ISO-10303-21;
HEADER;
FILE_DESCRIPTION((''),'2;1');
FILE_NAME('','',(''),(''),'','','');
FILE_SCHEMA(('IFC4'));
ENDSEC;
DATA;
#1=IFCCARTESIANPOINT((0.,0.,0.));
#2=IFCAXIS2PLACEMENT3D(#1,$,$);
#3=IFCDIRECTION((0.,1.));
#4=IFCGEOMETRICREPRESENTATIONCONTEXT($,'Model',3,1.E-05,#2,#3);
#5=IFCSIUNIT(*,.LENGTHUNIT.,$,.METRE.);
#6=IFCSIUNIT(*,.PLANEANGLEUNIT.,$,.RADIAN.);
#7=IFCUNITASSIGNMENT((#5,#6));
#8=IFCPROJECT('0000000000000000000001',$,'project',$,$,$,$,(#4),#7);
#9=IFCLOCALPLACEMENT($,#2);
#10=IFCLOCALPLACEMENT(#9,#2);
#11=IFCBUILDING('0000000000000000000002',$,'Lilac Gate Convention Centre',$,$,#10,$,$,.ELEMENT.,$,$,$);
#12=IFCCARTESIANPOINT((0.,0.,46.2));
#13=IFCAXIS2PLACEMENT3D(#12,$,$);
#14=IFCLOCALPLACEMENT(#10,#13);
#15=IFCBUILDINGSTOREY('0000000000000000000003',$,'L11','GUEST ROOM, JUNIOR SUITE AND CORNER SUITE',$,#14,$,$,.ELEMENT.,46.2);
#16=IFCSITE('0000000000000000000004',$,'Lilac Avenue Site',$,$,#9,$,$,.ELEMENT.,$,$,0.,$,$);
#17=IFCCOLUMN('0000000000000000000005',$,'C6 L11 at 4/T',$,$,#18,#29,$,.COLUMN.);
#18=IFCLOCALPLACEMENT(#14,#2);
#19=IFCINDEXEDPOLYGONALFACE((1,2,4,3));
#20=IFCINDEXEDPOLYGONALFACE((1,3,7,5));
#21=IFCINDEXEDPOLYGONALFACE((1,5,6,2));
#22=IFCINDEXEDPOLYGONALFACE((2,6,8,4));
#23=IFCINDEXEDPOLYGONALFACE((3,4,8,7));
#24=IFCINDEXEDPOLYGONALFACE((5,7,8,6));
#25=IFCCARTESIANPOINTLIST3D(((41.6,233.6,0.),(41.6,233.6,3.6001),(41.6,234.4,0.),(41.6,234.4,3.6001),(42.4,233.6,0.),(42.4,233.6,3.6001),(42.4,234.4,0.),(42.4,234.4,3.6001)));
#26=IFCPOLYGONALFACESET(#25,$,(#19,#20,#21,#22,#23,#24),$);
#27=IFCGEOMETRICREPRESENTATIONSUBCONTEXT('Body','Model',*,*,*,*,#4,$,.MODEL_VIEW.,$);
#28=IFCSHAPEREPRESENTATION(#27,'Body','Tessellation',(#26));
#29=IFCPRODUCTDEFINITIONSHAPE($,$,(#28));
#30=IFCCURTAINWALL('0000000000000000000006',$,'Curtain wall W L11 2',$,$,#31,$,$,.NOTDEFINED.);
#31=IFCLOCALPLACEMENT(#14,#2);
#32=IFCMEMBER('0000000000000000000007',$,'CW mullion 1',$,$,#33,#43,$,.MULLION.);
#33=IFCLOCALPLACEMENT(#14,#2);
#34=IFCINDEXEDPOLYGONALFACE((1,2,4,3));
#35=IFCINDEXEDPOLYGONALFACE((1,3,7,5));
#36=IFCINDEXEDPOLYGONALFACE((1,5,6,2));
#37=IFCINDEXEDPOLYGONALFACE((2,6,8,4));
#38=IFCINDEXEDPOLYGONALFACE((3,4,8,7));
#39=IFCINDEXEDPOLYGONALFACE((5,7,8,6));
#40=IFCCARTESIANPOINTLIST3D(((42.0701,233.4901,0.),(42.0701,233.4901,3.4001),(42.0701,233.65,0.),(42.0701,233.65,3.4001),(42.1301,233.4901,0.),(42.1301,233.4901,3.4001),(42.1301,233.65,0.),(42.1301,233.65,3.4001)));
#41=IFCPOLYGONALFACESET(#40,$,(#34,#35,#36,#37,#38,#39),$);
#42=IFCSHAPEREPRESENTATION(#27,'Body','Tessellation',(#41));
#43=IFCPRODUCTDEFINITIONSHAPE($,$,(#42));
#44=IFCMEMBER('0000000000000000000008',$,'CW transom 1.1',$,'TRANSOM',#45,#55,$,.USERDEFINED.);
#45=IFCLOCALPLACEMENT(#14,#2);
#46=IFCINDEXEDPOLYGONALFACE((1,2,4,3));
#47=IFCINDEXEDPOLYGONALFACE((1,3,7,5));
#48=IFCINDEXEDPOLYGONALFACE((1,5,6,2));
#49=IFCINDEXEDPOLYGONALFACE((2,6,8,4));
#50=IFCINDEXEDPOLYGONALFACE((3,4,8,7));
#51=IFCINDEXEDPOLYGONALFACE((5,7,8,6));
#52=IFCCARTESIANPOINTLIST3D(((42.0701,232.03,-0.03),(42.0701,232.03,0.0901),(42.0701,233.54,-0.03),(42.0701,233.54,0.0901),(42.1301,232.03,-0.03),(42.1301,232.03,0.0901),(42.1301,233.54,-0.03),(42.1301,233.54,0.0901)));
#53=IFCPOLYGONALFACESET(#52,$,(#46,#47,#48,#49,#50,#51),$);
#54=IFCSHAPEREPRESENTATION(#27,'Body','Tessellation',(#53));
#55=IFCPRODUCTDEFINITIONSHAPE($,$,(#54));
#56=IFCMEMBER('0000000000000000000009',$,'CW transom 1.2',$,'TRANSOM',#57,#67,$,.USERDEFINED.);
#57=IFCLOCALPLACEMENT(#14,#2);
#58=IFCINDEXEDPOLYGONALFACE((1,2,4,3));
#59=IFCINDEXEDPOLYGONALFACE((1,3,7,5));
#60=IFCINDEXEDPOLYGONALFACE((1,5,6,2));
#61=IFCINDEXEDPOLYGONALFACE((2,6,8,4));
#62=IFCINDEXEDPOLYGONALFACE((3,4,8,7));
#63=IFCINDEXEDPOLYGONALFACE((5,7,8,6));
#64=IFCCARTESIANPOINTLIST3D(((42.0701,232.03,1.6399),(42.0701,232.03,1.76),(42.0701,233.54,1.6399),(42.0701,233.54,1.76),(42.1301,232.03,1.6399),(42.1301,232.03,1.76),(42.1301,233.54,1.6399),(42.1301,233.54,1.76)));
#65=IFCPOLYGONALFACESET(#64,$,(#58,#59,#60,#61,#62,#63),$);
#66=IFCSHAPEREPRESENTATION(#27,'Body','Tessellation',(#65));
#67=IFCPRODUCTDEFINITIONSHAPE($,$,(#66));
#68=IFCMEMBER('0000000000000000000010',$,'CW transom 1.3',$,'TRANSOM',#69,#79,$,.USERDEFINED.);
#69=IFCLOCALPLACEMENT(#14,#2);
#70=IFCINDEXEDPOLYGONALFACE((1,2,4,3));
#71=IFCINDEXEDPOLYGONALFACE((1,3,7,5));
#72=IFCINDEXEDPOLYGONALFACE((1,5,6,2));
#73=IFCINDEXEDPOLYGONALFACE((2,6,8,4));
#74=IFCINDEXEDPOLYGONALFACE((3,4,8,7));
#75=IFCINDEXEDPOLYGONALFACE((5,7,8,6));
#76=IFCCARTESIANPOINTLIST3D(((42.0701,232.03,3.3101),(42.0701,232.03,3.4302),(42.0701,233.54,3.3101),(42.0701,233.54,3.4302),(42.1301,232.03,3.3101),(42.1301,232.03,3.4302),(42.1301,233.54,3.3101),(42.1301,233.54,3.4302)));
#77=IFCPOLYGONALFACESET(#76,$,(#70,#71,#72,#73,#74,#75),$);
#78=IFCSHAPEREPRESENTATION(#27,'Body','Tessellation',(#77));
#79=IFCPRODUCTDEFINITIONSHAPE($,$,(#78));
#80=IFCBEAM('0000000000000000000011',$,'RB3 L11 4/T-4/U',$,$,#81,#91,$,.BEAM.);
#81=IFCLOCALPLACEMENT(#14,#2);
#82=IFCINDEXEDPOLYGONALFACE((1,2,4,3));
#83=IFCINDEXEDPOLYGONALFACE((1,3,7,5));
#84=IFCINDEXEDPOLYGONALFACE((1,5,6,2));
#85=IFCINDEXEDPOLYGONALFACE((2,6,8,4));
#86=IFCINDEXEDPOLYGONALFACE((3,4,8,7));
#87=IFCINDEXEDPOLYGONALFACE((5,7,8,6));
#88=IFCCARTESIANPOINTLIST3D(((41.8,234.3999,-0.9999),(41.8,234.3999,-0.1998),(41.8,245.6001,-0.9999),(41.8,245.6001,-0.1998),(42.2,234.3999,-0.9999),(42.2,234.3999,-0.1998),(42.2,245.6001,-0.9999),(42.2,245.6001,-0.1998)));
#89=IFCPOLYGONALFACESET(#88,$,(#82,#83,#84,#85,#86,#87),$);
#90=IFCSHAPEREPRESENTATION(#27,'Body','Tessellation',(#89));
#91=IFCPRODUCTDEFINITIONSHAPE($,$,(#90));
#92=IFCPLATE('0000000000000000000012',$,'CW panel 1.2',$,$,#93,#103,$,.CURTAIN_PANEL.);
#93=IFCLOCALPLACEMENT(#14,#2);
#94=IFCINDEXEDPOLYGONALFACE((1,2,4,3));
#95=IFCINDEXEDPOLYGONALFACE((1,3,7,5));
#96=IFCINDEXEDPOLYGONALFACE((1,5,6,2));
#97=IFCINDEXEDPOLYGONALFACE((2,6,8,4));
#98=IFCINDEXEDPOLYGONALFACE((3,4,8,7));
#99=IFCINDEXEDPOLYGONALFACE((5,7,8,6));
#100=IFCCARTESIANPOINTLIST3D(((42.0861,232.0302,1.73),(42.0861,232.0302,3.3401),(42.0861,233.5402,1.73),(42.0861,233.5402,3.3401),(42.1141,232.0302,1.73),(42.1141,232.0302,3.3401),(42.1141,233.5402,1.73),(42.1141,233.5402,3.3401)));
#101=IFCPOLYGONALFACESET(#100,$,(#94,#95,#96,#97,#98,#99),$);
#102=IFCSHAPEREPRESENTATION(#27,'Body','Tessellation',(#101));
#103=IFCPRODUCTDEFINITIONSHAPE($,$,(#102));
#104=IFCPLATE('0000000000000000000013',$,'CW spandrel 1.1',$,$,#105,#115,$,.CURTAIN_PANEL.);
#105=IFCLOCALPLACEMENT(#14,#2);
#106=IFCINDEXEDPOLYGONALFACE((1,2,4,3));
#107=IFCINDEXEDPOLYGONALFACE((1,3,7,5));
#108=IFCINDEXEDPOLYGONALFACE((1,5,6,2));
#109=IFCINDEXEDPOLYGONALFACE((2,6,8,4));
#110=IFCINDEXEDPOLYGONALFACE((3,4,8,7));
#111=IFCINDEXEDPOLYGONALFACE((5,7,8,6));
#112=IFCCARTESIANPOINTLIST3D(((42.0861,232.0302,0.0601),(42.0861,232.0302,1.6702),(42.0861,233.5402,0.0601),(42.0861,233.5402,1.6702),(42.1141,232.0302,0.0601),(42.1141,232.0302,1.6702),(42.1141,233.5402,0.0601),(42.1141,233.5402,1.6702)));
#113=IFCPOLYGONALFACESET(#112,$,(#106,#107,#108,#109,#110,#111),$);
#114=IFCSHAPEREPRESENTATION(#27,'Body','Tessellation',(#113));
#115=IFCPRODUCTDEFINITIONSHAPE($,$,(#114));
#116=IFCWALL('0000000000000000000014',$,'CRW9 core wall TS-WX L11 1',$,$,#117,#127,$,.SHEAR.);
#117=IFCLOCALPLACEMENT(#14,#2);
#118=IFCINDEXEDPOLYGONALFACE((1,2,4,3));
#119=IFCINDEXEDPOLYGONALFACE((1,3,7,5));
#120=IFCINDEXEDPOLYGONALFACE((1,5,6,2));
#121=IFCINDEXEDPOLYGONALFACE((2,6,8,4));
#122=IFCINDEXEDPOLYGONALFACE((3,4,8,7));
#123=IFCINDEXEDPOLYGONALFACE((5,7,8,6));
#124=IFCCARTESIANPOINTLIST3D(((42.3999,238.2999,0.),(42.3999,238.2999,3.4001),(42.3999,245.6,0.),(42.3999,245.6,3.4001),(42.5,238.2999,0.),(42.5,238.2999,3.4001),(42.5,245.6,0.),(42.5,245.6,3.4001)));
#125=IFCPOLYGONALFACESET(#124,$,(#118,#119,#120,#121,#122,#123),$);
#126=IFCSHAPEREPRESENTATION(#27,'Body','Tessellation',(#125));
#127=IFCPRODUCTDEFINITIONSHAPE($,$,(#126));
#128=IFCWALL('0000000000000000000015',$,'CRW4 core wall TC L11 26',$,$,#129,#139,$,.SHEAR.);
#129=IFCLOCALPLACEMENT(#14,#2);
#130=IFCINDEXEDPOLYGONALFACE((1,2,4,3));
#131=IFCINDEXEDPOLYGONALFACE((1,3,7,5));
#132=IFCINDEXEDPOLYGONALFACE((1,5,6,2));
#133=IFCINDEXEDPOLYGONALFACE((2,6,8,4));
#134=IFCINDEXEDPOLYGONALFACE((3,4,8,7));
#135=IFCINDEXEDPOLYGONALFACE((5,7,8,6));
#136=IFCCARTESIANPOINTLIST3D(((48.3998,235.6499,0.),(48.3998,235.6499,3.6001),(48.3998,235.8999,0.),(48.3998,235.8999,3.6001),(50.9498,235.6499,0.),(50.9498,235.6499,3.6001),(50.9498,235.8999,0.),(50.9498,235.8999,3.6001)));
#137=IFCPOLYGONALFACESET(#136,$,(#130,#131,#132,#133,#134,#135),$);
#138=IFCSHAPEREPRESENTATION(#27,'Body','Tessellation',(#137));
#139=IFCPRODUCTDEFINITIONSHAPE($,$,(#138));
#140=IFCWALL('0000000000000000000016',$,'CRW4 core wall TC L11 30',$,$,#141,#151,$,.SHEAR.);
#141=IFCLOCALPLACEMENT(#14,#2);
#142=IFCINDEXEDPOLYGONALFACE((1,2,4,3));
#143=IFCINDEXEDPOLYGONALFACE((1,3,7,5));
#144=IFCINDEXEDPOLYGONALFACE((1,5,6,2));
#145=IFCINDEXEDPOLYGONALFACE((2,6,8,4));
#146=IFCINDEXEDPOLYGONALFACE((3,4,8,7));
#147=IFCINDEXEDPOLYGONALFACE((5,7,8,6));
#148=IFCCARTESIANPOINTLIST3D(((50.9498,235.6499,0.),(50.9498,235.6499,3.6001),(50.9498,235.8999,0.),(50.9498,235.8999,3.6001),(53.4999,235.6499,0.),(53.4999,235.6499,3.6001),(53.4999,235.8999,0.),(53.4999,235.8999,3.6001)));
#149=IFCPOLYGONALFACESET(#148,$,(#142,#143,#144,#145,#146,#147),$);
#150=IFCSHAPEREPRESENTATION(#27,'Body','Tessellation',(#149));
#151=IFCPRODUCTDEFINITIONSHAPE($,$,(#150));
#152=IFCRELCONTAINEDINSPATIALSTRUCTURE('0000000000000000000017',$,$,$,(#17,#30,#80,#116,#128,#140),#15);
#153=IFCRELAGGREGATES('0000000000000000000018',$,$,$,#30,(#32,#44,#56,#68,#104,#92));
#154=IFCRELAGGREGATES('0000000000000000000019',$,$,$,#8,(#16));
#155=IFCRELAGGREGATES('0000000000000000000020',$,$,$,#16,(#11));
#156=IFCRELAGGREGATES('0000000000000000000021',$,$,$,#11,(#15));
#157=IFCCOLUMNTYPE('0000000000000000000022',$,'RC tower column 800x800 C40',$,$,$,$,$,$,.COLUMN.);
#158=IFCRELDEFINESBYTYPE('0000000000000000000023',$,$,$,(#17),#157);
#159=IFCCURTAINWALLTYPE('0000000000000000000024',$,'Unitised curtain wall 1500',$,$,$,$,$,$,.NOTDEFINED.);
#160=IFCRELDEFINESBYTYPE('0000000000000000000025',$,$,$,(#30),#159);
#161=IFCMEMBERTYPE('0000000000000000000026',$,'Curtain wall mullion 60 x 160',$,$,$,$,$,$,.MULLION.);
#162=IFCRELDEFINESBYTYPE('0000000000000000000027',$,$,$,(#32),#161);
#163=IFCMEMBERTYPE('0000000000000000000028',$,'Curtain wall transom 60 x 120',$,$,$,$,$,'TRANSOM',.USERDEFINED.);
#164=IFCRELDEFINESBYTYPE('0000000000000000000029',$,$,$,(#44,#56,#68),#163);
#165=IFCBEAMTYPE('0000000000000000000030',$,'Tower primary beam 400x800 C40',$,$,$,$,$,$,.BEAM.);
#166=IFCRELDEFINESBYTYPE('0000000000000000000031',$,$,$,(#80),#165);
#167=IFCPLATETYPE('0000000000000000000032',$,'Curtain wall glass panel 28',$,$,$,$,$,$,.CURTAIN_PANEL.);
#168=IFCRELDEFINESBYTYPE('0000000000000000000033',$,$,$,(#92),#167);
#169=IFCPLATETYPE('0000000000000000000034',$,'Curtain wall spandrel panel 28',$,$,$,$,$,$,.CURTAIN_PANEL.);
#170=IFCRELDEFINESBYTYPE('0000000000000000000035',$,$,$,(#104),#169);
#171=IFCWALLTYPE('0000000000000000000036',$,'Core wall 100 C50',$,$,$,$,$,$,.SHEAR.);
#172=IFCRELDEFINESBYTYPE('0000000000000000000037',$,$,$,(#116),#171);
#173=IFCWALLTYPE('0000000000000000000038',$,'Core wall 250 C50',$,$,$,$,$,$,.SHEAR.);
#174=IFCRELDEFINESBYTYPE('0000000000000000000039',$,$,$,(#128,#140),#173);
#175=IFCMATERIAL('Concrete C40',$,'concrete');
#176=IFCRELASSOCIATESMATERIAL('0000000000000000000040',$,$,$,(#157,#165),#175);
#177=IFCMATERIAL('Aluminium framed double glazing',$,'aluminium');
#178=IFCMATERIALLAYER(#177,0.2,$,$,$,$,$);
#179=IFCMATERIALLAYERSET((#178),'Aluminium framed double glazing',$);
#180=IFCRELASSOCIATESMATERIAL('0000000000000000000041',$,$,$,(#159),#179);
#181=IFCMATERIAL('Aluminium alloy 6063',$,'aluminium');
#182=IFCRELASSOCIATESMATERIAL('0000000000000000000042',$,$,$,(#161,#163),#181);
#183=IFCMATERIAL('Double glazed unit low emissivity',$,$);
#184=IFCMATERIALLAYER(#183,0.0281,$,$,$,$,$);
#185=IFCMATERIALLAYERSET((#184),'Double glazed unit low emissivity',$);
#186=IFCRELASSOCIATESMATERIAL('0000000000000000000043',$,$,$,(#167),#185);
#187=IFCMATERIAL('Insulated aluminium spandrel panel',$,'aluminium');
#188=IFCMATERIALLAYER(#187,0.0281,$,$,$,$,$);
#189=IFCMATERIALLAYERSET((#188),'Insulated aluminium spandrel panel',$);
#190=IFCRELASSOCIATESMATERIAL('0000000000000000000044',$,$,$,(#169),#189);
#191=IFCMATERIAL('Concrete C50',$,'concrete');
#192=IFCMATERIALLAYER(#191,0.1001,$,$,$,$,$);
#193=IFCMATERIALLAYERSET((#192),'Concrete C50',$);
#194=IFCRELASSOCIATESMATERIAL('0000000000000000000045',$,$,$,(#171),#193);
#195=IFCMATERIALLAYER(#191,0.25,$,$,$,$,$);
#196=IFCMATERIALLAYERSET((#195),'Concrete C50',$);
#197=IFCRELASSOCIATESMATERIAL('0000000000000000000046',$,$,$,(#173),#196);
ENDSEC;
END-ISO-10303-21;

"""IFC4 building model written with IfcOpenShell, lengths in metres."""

from ifc_helpers import new_model, si_unit, direction, frame, frame_2d, origin, origin_2d, place, context, subcontext, project, spatial, rectangle, extrude, material, layer, layer_set, material_profile, profile_set, type_object, element, aggregate, save


model = new_model("IFC4")

# Units and contexts
model_context = context("Model", 3, precision=1e-05, world=origin(), true_north=direction((0.0, 1.0)))
body_context = subcontext(model_context, "Body", "Model", "MODEL_VIEW")
ifc_project = project(units=[si_unit("LENGTHUNIT", "METRE"), si_unit("PLANEANGLEUNIT", "RADIAN")], contexts=[model_context])

# Site, building, storey
site_placement = place(None, origin())
site = spatial("IfcSite", under=ifc_project, at=site_placement, Name="Lilac Avenue Site", CompositionType="ELEMENT", RefElevation=0.0)
building_placement = place(site_placement, origin())
building = spatial("IfcBuilding", under=site, at=building_placement, Name="Lilac Gate Convention Centre", CompositionType="ELEMENT")
storey_placement = place(building_placement, frame((0.0, 0.0, 46.2)))
storey = spatial("IfcBuildingStorey", under=building, at=storey_placement, Name="L11", Description="GUEST ROOM, JUNIOR SUITE AND CORNER SUITE", CompositionType="ELEMENT", Elevation=46.2)

# Column
ifc_material_1 = material(Name="Concrete C40", Category="concrete")
ifc_material_profile_1 = material_profile(ifc_material_1, rectangle(XDim=0.8, YDim=0.8, at=origin_2d()), Name="RC 800x800")
ifc_profile_set_1 = profile_set([ifc_material_profile_1], Name="Concrete C40")
column_type = type_object("IfcColumnType", Name="RC tower column 800x800 C40", PredefinedType="COLUMN", material=ifc_profile_set_1)
column_placement = place(storey_placement, frame((42.0, 234.0, 0.0), z_axis=(0.0, 0.0, 1.0), x_axis=(1.0, 0.0, 0.0)))
element("IfcColumn", 1, at=column_placement, inside=storey, type_object=column_type, Name="C6 L11 at 4/T", PredefinedType="COLUMN", context=body_context, shape_type="SweptSolid", body=[
    extrude(rectangle(XDim=0.8, YDim=0.8, at=origin_2d()), origin(), (0.0, 0.0, 1.0), 3.6001),
])

# Curtain wall, members
ifc_material_2 = material(Name="Aluminium framed double glazing", Category="aluminium")
ifc_layer_1 = layer(ifc_material_2, 0.2)
ifc_layer_set_1 = layer_set([ifc_layer_1], Name="Aluminium framed double glazing")
curtain_wall_type = type_object("IfcCurtainWallType", Name="Unitised curtain wall 1500", PredefinedType="NOTDEFINED", material=ifc_layer_set_1)
curtain_wall_placement = place(storey_placement, origin())
curtain_wall = element("IfcCurtainWall", 2, at=curtain_wall_placement, inside=storey, type_object=curtain_wall_type, Name="Curtain wall W L11 2", PredefinedType="NOTDEFINED")
ifc_material_3 = material(Name="Aluminium alloy 6063", Category="aluminium")
ifc_material_profile_2 = material_profile(ifc_material_3, rectangle(XDim=0.0601, YDim=0.1599, at=origin_2d()), Name="Curtain wall mullion 60 x 160")
ifc_profile_set_2 = profile_set([ifc_material_profile_2], Name="Aluminium alloy 6063")
member_type_1 = type_object("IfcMemberType", Name="Curtain wall mullion 60 x 160", PredefinedType="MULLION", material=ifc_profile_set_2)
member_1_placement = place(storey_placement, frame((42.1001, 233.5701, 0.0), z_axis=(0.0, 0.0, 1.0), x_axis=(1.0, 0.0, 0.0)))
member_1 = element("IfcMember", 3, at=member_1_placement, type_object=member_type_1, Name="CW mullion 1", PredefinedType="MULLION", context=body_context, shape_type="SweptSolid", body=[
    extrude(rectangle(XDim=0.0601, YDim=0.1599, at=origin_2d()), origin(), (0.0, 0.0, 1.0), 3.4001),
])
ifc_material_profile_3 = material_profile(ifc_material_3, rectangle(XDim=0.0601, YDim=0.1201, at=origin_2d()), Name="Curtain wall transom 60 x 120")
ifc_profile_set_3 = profile_set([ifc_material_profile_3], Name="Aluminium alloy 6063")
member_type_2 = type_object("IfcMemberType", Name="Curtain wall transom 60 x 120", ElementType="TRANSOM", PredefinedType="USERDEFINED", material=ifc_profile_set_3)
member_2_placement = place(storey_placement, frame((42.1001, 233.54, 0.03), z_axis=(0.0, -1.0, 0.0), x_axis=(1.0, 0.0, 0.0)))
member_2 = element("IfcMember", 4, at=member_2_placement, type_object=member_type_2, Name="CW transom 1.1", ObjectType="TRANSOM", PredefinedType="USERDEFINED", context=body_context, shape_type="SweptSolid", body=[
    extrude(rectangle(XDim=0.0601, YDim=0.1201, at=origin_2d()), origin(), (0.0, 0.0, 1.0), 1.51),
])
member_3_placement = place(storey_placement, frame((42.1001, 233.54, 1.7), z_axis=(0.0, -1.0, 0.0), x_axis=(1.0, 0.0, 0.0)))
member_3 = element("IfcMember", 5, at=member_3_placement, type_object=member_type_2, Name="CW transom 1.2", ObjectType="TRANSOM", PredefinedType="USERDEFINED", context=body_context, shape_type="SweptSolid", body=[
    extrude(rectangle(XDim=0.0601, YDim=0.1201, at=origin_2d()), origin(), (0.0, 0.0, 1.0), 1.51),
])
member_4_placement = place(storey_placement, frame((42.1001, 233.54, 3.3701), z_axis=(0.0, -1.0, 0.0), x_axis=(1.0, 0.0, 0.0)))
member_4 = element("IfcMember", 6, at=member_4_placement, type_object=member_type_2, Name="CW transom 1.3", ObjectType="TRANSOM", PredefinedType="USERDEFINED", context=body_context, shape_type="SweptSolid", body=[
    extrude(rectangle(XDim=0.0601, YDim=0.1201, at=origin_2d()), origin(), (0.0, 0.0, 1.0), 1.51),
])

# Beam
ifc_material_profile_4 = material_profile(ifc_material_1, rectangle(XDim=0.3999, YDim=0.8, at=origin_2d()), Name="RC 400x800")
ifc_profile_set_4 = profile_set([ifc_material_profile_4], Name="Concrete C40")
beam_type = type_object("IfcBeamType", Name="Tower primary beam 400x800 C40", PredefinedType="BEAM", material=ifc_profile_set_4)
beam_placement = place(storey_placement, frame((42.0, 234.3999, -0.5999), z_axis=(0.0, 1.0, 0.0), x_axis=(-1.0, 0.0, 0.0)))
element("IfcBeam", 7, at=beam_placement, inside=storey, type_object=beam_type, Name="RB3 L11 4/T-4/U", PredefinedType="BEAM", context=body_context, shape_type="SweptSolid", body=[
    extrude(rectangle(XDim=0.3999, YDim=0.8, at=origin_2d()), origin(), (0.0, 0.0, 1.0), 11.2002),
])

# Plates
ifc_material_4 = material(Name="Double glazed unit low emissivity")
ifc_layer_2 = layer(ifc_material_4, 0.0281)
ifc_layer_set_2 = layer_set([ifc_layer_2], Name="Double glazed unit low emissivity")
plate_type_1 = type_object("IfcPlateType", Name="Curtain wall glass panel 28", PredefinedType="CURTAIN_PANEL", material=ifc_layer_set_2)
plate_1_placement = place(storey_placement, frame((42.1001, 232.7852, 1.73), z_axis=(0.0, 0.0, 1.0), x_axis=(0.0, -1.0, 0.0)))
plate_1 = element("IfcPlate", 8, at=plate_1_placement, type_object=plate_type_1, Name="CW panel 1.2", PredefinedType="CURTAIN_PANEL", context=body_context, shape_type="SweptSolid", body=[
    extrude(rectangle(XDim=1.51, YDim=0.0281, at=origin_2d()), origin(), (0.0, 0.0, 1.0), 1.6101),
])
ifc_material_5 = material(Name="Insulated aluminium spandrel panel", Category="aluminium")
ifc_layer_3 = layer(ifc_material_5, 0.0281)
ifc_layer_set_3 = layer_set([ifc_layer_3], Name="Insulated aluminium spandrel panel")
plate_type_2 = type_object("IfcPlateType", Name="Curtain wall spandrel panel 28", PredefinedType="CURTAIN_PANEL", material=ifc_layer_set_3)
plate_2_placement = place(storey_placement, frame((42.1001, 232.7852, 0.0601), z_axis=(0.0, 0.0, 1.0), x_axis=(0.0, -1.0, 0.0)))
plate_2 = element("IfcPlate", 9, at=plate_2_placement, type_object=plate_type_2, Name="CW spandrel 1.1", PredefinedType="CURTAIN_PANEL", context=body_context, shape_type="SweptSolid", body=[
    extrude(rectangle(XDim=1.51, YDim=0.0281, at=origin_2d()), origin(), (0.0, 0.0, 1.0), 1.6101),
])
aggregate(curtain_wall, [member_1, member_2, member_3, member_4, plate_2, plate_1])

# Walls
ifc_material_6 = material(Name="Concrete C50", Category="concrete")
ifc_layer_4 = layer(ifc_material_6, 0.1001)
ifc_layer_set_4 = layer_set([ifc_layer_4], Name="Concrete C50")
wall_type_1 = type_object("IfcWallType", Name="Core wall 100 C50", PredefinedType="SHEAR", material=ifc_layer_set_4)
wall_1_placement = place(storey_placement, frame((42.45, 238.3, 0.0), z_axis=(0.0, 0.0, 1.0), x_axis=(0.0, 1.0, 0.0)))
element("IfcWall", 10, at=wall_1_placement, inside=storey, type_object=wall_type_1, Name="CRW9 core wall TS-WX L11 1", PredefinedType="SHEAR", context=body_context, shape_type="SweptSolid", body=[
    extrude(rectangle(XDim=7.3, YDim=0.1001, at=frame_2d((3.6499, 0.0))), origin(), (0.0, 0.0, 1.0), 3.4001),
])
ifc_layer_5 = layer(ifc_material_6, 0.25)
ifc_layer_set_5 = layer_set([ifc_layer_5], Name="Concrete C50")
wall_type_2 = type_object("IfcWallType", Name="Core wall 250 C50", PredefinedType="SHEAR", material=ifc_layer_set_5)
for number, where, z_axis, x_axis, name in (
    (11, (48.3999, 235.7749, 0.0), (0.0, 0.0, 1.0), (1.0, 0.0, 0.0), "CRW4 core wall TC L11 26"),
    (12, (50.95, 235.7749, 0.0), (0.0, 0.0, 1.0), (1.0, 0.0, 0.0), "CRW4 core wall TC L11 30"),
):
    element("IfcWall", number, at=place(storey_placement, frame(where, z_axis=z_axis, x_axis=x_axis)), inside=storey, type_object=wall_type_2, Name=name, PredefinedType="SHEAR", context=body_context, shape_type="SweptSolid", body=[
        extrude(rectangle(XDim=2.55, YDim=0.25, at=frame_2d((1.2749, 0.0))), origin(), (0.0, 0.0, 1.0), 3.6001),
    ])

save(model, "model.ifc")
